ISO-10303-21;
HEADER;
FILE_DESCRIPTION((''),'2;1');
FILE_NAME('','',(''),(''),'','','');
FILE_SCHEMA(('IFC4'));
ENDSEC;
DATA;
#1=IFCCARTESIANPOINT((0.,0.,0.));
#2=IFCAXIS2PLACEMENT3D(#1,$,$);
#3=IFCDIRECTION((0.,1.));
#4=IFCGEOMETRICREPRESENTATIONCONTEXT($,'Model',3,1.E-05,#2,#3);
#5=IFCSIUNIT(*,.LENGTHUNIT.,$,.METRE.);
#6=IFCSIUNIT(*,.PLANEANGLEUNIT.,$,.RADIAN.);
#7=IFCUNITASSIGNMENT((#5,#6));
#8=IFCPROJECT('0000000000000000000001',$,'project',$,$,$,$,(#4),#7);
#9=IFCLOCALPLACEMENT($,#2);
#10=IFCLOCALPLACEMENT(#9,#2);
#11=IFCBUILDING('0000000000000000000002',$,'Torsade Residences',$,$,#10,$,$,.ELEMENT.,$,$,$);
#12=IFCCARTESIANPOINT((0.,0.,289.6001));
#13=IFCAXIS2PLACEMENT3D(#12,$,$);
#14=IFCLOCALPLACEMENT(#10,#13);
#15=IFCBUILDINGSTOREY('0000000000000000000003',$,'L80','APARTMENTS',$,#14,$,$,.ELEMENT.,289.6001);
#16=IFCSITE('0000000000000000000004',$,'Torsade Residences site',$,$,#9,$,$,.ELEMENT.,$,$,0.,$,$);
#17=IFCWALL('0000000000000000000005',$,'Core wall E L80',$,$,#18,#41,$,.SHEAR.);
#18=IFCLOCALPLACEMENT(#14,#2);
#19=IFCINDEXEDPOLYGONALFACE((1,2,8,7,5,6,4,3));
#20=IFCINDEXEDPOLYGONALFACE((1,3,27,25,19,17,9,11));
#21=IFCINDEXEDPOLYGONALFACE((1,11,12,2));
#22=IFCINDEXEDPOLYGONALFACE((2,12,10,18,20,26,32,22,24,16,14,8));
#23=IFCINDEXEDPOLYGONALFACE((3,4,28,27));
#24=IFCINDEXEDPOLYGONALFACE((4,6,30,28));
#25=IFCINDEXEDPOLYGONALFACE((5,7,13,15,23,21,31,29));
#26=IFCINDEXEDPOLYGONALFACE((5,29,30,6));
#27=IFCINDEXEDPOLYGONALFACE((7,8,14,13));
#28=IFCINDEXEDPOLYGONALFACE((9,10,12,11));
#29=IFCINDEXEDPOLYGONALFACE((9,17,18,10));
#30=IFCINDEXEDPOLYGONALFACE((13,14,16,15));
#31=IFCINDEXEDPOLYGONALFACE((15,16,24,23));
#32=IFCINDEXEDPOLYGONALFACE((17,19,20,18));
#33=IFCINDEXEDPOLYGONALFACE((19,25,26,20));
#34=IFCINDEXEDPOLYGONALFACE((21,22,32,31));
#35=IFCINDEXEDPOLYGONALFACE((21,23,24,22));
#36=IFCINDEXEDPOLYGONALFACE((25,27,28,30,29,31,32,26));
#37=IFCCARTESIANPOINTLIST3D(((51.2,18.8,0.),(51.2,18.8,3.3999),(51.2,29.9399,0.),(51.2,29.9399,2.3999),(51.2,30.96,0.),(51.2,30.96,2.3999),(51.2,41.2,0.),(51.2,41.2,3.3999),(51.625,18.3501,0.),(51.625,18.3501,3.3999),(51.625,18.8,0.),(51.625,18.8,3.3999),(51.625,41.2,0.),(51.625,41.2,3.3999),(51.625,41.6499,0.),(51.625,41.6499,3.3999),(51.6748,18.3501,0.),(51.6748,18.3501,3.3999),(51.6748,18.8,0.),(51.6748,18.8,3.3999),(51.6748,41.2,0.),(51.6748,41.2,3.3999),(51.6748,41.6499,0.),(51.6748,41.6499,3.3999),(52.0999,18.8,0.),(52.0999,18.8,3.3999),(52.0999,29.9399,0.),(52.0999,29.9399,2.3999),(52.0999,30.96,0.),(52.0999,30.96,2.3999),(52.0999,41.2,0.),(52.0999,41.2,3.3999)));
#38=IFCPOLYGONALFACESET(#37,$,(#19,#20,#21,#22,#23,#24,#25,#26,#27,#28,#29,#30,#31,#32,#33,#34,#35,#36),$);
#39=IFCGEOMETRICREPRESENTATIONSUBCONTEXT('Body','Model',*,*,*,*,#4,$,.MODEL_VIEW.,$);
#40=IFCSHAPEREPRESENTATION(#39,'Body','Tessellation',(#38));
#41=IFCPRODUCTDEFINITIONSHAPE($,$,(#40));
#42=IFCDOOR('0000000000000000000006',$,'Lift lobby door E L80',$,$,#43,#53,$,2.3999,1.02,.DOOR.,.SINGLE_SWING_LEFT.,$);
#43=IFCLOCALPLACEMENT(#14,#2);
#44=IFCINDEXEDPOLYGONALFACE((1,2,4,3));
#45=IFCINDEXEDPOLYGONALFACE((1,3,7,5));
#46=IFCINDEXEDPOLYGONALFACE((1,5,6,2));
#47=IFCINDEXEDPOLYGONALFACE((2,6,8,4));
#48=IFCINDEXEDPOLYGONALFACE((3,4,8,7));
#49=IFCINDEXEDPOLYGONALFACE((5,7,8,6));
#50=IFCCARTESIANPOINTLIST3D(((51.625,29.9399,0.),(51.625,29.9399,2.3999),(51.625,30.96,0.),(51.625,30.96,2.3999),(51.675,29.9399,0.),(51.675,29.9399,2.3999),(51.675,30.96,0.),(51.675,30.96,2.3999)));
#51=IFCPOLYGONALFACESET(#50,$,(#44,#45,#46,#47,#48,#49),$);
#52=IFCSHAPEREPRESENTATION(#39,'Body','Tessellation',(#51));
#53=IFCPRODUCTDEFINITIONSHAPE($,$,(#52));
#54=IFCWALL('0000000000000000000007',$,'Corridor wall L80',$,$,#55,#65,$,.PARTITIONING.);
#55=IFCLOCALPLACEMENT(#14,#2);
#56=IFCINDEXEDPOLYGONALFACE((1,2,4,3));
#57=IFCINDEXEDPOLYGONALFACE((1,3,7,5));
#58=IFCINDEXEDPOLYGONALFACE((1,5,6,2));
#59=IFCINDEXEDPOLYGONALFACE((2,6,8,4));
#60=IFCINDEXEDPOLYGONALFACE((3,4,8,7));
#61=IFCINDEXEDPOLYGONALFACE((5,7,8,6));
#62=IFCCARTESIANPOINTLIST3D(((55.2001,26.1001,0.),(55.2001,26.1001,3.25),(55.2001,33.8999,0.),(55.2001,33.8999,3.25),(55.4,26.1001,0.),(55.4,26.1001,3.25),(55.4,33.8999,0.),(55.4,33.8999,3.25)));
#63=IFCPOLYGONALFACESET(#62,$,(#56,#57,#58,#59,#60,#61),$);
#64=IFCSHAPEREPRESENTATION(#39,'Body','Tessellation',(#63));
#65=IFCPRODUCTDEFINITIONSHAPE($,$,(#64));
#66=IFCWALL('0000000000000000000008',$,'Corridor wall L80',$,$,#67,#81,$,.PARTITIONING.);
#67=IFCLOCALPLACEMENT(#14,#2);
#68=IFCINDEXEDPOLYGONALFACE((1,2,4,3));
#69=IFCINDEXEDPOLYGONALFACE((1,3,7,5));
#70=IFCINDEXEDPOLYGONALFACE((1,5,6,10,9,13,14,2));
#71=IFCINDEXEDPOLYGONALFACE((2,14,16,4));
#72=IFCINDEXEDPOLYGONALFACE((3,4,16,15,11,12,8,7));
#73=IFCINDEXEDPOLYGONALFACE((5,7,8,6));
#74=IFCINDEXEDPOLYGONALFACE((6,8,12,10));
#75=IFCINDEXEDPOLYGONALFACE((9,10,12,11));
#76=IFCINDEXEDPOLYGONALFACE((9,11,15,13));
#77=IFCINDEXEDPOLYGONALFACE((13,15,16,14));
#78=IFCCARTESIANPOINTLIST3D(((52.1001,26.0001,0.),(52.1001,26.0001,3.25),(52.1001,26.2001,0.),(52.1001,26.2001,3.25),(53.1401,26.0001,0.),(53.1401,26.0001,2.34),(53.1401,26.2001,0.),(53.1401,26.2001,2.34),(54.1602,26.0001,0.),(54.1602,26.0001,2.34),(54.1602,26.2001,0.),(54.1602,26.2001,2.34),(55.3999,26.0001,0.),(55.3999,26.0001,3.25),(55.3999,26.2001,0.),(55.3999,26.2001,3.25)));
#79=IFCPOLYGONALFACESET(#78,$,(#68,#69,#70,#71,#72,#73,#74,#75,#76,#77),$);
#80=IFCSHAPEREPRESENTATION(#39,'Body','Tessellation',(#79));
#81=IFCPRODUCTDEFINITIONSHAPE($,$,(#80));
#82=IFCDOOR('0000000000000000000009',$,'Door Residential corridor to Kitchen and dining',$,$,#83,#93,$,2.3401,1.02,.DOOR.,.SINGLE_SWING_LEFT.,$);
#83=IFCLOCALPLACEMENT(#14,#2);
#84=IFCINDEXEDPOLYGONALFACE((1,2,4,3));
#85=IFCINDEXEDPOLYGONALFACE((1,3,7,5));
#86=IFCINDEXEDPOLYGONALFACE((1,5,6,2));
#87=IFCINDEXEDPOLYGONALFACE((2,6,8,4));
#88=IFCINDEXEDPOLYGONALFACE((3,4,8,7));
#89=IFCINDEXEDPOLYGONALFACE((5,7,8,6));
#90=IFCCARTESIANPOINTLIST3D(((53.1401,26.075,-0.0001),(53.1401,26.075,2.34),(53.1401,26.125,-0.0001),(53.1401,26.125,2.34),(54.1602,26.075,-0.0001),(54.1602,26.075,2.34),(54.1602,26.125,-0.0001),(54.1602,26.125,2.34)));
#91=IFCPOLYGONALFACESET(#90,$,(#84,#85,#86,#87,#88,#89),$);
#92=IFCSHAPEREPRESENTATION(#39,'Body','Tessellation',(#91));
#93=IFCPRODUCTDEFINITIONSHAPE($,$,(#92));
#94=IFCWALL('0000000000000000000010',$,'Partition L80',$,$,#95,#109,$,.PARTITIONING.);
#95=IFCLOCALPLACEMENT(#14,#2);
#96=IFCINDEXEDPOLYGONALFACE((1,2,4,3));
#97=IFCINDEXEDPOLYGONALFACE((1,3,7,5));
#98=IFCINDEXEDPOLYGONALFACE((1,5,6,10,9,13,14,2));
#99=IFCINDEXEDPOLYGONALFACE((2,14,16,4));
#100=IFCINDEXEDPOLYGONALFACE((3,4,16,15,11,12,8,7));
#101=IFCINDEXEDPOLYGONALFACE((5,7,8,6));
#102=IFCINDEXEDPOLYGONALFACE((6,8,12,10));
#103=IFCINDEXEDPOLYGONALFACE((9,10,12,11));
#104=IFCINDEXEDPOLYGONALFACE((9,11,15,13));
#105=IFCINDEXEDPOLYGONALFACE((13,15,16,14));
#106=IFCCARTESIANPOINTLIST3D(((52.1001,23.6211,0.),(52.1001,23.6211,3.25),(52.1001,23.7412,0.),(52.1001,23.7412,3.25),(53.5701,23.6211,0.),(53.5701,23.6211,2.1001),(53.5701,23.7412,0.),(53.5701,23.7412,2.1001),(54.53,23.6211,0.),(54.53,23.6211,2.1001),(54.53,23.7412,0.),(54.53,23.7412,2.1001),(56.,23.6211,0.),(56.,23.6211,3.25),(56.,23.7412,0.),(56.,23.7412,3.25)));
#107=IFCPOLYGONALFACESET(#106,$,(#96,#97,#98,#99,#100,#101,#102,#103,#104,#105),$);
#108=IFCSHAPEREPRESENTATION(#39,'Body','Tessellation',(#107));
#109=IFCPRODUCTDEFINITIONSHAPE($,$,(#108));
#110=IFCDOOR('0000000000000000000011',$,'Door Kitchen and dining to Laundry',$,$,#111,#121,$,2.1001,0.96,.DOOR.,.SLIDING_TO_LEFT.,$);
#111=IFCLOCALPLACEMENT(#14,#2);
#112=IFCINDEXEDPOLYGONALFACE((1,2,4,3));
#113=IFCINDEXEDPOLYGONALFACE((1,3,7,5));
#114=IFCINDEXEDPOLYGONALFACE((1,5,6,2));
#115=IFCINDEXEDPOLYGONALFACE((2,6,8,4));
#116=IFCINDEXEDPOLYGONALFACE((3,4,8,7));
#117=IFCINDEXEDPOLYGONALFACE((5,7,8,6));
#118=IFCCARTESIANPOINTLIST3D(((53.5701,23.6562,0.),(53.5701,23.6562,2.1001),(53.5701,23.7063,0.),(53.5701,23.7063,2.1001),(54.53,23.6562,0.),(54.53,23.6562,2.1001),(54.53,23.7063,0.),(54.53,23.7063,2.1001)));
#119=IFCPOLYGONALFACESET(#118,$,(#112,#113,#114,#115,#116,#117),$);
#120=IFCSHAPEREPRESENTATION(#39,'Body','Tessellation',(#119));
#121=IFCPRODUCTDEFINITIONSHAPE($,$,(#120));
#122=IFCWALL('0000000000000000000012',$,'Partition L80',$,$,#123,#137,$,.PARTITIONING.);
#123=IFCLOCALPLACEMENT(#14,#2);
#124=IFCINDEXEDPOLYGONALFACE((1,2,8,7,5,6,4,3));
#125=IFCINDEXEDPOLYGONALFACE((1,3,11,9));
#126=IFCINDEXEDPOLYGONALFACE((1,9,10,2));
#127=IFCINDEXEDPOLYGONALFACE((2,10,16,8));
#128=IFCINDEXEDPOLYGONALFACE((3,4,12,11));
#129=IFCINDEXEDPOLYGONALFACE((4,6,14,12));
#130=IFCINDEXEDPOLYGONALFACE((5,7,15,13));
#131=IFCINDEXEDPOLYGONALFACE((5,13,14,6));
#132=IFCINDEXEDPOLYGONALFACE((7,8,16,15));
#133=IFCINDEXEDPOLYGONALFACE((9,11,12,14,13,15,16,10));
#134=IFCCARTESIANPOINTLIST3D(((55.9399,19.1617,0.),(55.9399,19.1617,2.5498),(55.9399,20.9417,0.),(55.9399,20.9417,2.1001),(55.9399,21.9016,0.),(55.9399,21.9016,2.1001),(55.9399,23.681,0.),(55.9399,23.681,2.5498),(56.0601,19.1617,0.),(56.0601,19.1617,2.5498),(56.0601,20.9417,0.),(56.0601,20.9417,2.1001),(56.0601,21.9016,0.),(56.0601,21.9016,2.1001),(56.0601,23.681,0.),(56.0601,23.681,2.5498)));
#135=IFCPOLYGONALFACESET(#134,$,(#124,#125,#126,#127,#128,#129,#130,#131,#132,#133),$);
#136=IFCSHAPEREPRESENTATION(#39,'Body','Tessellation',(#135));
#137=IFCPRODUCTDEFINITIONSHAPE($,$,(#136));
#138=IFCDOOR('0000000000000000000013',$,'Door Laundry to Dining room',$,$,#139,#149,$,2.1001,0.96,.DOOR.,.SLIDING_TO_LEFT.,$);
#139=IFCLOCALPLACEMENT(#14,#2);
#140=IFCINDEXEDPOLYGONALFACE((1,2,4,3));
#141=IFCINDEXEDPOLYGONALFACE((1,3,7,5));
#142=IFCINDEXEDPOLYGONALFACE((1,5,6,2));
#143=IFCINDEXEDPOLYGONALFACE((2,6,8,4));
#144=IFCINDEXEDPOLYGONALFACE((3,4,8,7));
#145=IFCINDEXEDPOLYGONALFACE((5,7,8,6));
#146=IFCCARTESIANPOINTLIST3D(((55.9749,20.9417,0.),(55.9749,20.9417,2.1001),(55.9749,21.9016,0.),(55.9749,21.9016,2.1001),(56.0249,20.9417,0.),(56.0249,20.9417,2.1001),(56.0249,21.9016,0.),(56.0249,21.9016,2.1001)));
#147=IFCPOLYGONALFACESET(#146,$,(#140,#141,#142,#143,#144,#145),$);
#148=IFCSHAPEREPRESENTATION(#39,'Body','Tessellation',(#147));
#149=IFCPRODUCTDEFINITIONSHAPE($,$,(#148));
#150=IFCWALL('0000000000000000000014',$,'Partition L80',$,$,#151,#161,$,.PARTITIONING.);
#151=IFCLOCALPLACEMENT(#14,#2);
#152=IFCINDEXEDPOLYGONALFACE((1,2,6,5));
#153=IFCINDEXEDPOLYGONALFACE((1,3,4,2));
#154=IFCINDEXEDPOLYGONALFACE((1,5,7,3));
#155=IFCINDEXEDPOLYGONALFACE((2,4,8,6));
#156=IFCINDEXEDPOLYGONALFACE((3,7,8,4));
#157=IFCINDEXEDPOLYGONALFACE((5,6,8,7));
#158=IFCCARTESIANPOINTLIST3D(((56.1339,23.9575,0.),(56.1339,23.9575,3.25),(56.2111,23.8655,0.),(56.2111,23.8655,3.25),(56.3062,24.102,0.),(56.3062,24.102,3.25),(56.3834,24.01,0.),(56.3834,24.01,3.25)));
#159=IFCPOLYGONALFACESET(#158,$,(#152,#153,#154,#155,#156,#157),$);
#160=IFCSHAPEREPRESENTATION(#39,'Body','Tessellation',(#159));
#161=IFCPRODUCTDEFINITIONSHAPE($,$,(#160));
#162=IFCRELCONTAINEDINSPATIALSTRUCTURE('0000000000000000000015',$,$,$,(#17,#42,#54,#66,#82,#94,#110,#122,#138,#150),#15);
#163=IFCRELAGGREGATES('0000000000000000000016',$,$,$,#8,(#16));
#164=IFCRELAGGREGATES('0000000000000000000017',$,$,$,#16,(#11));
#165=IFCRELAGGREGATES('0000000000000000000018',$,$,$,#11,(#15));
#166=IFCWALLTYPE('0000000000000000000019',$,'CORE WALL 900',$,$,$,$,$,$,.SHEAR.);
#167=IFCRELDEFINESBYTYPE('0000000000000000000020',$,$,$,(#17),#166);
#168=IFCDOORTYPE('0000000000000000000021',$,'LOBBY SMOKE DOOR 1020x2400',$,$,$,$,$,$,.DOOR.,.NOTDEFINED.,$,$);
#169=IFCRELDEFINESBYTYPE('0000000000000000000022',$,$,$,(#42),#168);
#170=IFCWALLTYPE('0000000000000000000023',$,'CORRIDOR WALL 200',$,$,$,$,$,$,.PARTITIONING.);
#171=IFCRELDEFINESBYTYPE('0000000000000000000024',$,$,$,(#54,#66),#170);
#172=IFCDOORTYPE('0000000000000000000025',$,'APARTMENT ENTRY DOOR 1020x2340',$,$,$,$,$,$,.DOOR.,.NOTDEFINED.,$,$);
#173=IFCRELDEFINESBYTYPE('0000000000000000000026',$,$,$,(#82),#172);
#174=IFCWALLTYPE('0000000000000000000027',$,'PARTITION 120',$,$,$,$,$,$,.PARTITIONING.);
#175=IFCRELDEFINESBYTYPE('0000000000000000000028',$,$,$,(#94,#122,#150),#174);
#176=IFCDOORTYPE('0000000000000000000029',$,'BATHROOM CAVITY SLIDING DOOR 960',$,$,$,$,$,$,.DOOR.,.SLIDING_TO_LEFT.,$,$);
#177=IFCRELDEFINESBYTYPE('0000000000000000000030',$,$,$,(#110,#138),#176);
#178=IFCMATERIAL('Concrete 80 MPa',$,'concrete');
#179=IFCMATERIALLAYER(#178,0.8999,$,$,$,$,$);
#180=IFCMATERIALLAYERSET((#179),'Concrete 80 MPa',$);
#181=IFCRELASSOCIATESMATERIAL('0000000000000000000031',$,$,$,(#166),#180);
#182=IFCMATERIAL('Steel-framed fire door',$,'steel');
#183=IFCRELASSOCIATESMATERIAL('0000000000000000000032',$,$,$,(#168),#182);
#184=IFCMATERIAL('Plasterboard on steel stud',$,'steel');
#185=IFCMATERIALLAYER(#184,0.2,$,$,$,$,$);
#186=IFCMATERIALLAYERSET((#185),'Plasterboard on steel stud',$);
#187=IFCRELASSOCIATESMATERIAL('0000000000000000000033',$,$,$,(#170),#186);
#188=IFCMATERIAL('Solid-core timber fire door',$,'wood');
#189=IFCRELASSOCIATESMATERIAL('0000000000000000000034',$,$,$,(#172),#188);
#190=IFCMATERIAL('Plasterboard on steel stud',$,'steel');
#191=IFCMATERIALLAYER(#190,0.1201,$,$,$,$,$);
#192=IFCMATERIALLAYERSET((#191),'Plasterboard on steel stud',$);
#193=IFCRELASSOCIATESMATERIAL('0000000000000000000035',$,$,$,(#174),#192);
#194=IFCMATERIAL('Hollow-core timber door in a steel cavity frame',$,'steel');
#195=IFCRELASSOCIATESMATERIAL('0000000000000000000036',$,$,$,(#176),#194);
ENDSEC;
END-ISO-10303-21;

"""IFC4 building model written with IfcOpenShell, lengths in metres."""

from ifc_helpers import new_model, si_unit, direction, frame, frame_2d, origin, place, context, subcontext, project, spatial, polyline, rectangle, outline, extrude, material, layer, layer_set, type_object, element, fill, save


model = new_model("IFC4")

# Units and contexts
model_context = context("Model", 3, precision=1e-05, world=origin(), true_north=direction((0.0, 1.0)))
body_context = subcontext(model_context, "Body", "Model", "MODEL_VIEW")
ifc_project = project(units=[si_unit("LENGTHUNIT", "METRE"), si_unit("PLANEANGLEUNIT", "RADIAN")], contexts=[model_context])

# Site, building, storey
site_placement = place(None, origin())
site = spatial("IfcSite", under=ifc_project, at=site_placement, Name="Torsade Residences site", CompositionType="ELEMENT", RefElevation=0.0)
building_placement = place(site_placement, origin())
building = spatial("IfcBuilding", under=site, at=building_placement, Name="Torsade Residences", CompositionType="ELEMENT")
storey_placement = place(building_placement, frame((0.0, 0.0, 289.6001)))
storey = spatial("IfcBuildingStorey", under=building, at=storey_placement, Name="L80", Description="APARTMENTS", CompositionType="ELEMENT", Elevation=289.6001)

# Wall, opening, door
ifc_material_1 = material(Name="Concrete 80 MPa", Category="concrete")
ifc_layer_1 = layer(ifc_material_1, 0.8999)
ifc_layer_set_1 = layer_set([ifc_layer_1], Name="Concrete 80 MPa")
wall_type_1 = type_object("IfcWallType", Name="CORE WALL 900", PredefinedType="SHEAR", material=ifc_layer_set_1)
wall_1_placement = place(storey_placement, frame((51.6499, 18.8, 0.0), z_axis=(0.0, 0.0, 1.0), x_axis=(0.0, 1.0, 0.0)))
wall_1 = element("IfcWall", 1, at=wall_1_placement, inside=storey, type_object=wall_type_1, Name="Core wall E L80", PredefinedType="SHEAR", context=body_context, shape_type="SweptSolid", body=[
    extrude(outline(polyline([(0.0, -0.45), (22.3999, -0.45), (22.3999, -0.0249), (22.8499, -0.0249), (22.8499, 0.0249), (22.3999, 0.0249), (22.3999, 0.45), (0.0, 0.45), (0.0, 0.0249), (-0.45, 0.0249), (-0.45, -0.0249), (0.0, -0.0249), (0.0, -0.45)])), origin(), (0.0, 0.0, 1.0), 3.3999),
])
opening_1_placement = place(wall_1_placement, frame((11.1399, 0.0, 0.0)))
opening_1 = element("IfcOpeningElement", 2, at=opening_1_placement, cuts=wall_1, PredefinedType="OPENING", context=body_context, shape_type="SweptSolid", body=[
    extrude(rectangle(XDim=1.02, YDim=2.3999, at=frame_2d((0.51, 1.2))), frame((0.0, 0.46, 0.0), z_axis=(0.0, -1.0, 0.0), x_axis=(1.0, 0.0, 0.0)), (0.0, 0.0, 1.0), 0.9199),
])
ifc_material_2 = material(Name="Steel-framed fire door", Category="steel")
door_type_1 = type_object("IfcDoorType", Name="LOBBY SMOKE DOOR 1020x2400", OperationType="NOTDEFINED", PredefinedType="DOOR", material=ifc_material_2)
door_1_placement = place(opening_1_placement, origin())
door_1 = element("IfcDoor", 3, at=door_1_placement, inside=storey, type_object=door_type_1, Name="Lift lobby door E L80", OperationType="SINGLE_SWING_LEFT", OverallHeight=2.3999, OverallWidth=1.02, PredefinedType="DOOR", context=body_context, shape_type="SweptSolid", body=[
    extrude(rectangle(XDim=1.02, YDim=2.3999, at=frame_2d((0.51, 1.2))), frame((0.0, 0.0249, 0.0), z_axis=(0.0, -1.0, 0.0), x_axis=(1.0, 0.0, 0.0)), (0.0, 0.0, 1.0), 0.05),
])
fill(opening_1, door_1)

# Wall
ifc_material_3 = material(Name="Plasterboard on steel stud", Category="steel")
ifc_layer_2 = layer(ifc_material_3, 0.2)
ifc_layer_set_2 = layer_set([ifc_layer_2], Name="Plasterboard on steel stud")
wall_type_2 = type_object("IfcWallType", Name="CORRIDOR WALL 200", PredefinedType="PARTITIONING", material=ifc_layer_set_2)
wall_2_placement = place(storey_placement, frame((55.3, 26.1001, 0.0), z_axis=(0.0, 0.0, 1.0), x_axis=(0.0, 1.0, 0.0)))
element("IfcWall", 4, at=wall_2_placement, inside=storey, type_object=wall_type_2, Name="Corridor wall L80", PredefinedType="PARTITIONING", context=body_context, shape_type="SweptSolid", body=[
    extrude(rectangle(XDim=7.7998, YDim=0.2, at=frame_2d((3.8999, 0.0))), origin(), (0.0, 0.0, 1.0), 3.25),
])

# Walls, openings, doors
wall_3_placement = place(storey_placement, frame((52.1001, 26.1001, 0.0), z_axis=(0.0, 0.0, 1.0), x_axis=(1.0, 0.0, 0.0)))
wall_3 = element("IfcWall", 5, at=wall_3_placement, inside=storey, type_object=wall_type_2, Name="Corridor wall L80", PredefinedType="PARTITIONING", context=body_context, shape_type="SweptSolid", body=[
    extrude(rectangle(XDim=3.2998, YDim=0.2, at=frame_2d((1.6499, 0.0))), origin(), (0.0, 0.0, 1.0), 3.25),
])
opening_2_placement = place(wall_3_placement, frame((1.04, 0.0, 0.0)))
opening_2 = element("IfcOpeningElement", 6, at=opening_2_placement, cuts=wall_3, PredefinedType="OPENING", context=body_context, shape_type="SweptSolid", body=[
    extrude(rectangle(XDim=1.02, YDim=2.3401, at=frame_2d((0.51, 1.1699))), frame((0.0, 0.1099, 0.0), z_axis=(0.0, -1.0, 0.0), x_axis=(1.0, 0.0, 0.0)), (0.0, 0.0, 1.0), 0.22),
])
ifc_material_4 = material(Name="Solid-core timber fire door", Category="wood")
door_type_2 = type_object("IfcDoorType", Name="APARTMENT ENTRY DOOR 1020x2340", OperationType="NOTDEFINED", PredefinedType="DOOR", material=ifc_material_4)
door_2_placement = place(opening_2_placement, origin())
door_2 = element("IfcDoor", 7, at=door_2_placement, inside=storey, type_object=door_type_2, Name="Door Residential corridor to Kitchen and dining", OperationType="SINGLE_SWING_LEFT", OverallHeight=2.3401, OverallWidth=1.02, PredefinedType="DOOR", context=body_context, shape_type="SweptSolid", body=[
    extrude(rectangle(XDim=1.02, YDim=2.3401, at=frame_2d((0.51, 1.1699))), frame((0.0, 0.0249, 0.0), z_axis=(0.0, -1.0, 0.0), x_axis=(1.0, 0.0, 0.0)), (0.0, 0.0, 1.0), 0.05),
])
fill(opening_2, door_2)
ifc_material_5 = material(Name="Plasterboard on steel stud", Category="steel")
ifc_layer_3 = layer(ifc_material_5, 0.1201)
ifc_layer_set_3 = layer_set([ifc_layer_3], Name="Plasterboard on steel stud")
wall_type_3 = type_object("IfcWallType", Name="PARTITION 120", PredefinedType="PARTITIONING", material=ifc_layer_set_3)
wall_4_placement = place(storey_placement, frame((56.0, 23.6812, 0.0), z_axis=(0.0, 0.0, 1.0), x_axis=(-1.0, 0.0, 0.0)))
wall_4 = element("IfcWall", 8, at=wall_4_placement, inside=storey, type_object=wall_type_3, Name="Partition L80", PredefinedType="PARTITIONING", context=body_context, shape_type="SweptSolid", body=[
    extrude(rectangle(XDim=3.8999, YDim=0.1201, at=frame_2d((1.95, 0.0))), origin(), (0.0, 0.0, 1.0), 3.25),
])
opening_3_placement = place(wall_4_placement, frame((1.47, 0.0, 0.0)))
opening_3 = element("IfcOpeningElement", 9, at=opening_3_placement, cuts=wall_4, PredefinedType="OPENING", context=body_context, shape_type="SweptSolid", body=[
    extrude(rectangle(XDim=0.96, YDim=2.1001, at=frame_2d((0.48, 1.05))), frame((0.0, 0.0701, 0.0), z_axis=(0.0, -1.0, 0.0), x_axis=(1.0, 0.0, 0.0)), (0.0, 0.0, 1.0), 0.1401),
])
ifc_material_6 = material(Name="Hollow-core timber door in a steel cavity frame", Category="steel")
door_type_3 = type_object("IfcDoorType", Name="BATHROOM CAVITY SLIDING DOOR 960", OperationType="SLIDING_TO_LEFT", PredefinedType="DOOR", material=ifc_material_6)
door_3_placement = place(opening_3_placement, origin())
door_3 = element("IfcDoor", 10, at=door_3_placement, inside=storey, type_object=door_type_3, Name="Door Kitchen and dining to Laundry", OperationType="SLIDING_TO_LEFT", OverallHeight=2.1001, OverallWidth=0.96, PredefinedType="DOOR", context=body_context, shape_type="SweptSolid", body=[
    extrude(rectangle(XDim=0.96, YDim=2.1001, at=frame_2d((0.48, 1.05))), frame((0.0, 0.0249, 0.0), z_axis=(0.0, -1.0, 0.0), x_axis=(1.0, 0.0, 0.0)), (0.0, 0.0, 1.0), 0.05),
])
fill(opening_3, door_3)
wall_5_placement = place(storey_placement, frame((56.0, 23.6812, 0.0), z_axis=(0.0, 0.0, 1.0), x_axis=(0.0, -1.0, 0.0)))
wall_5 = element("IfcWall", 11, at=wall_5_placement, inside=storey, type_object=wall_type_3, Name="Partition L80", PredefinedType="PARTITIONING", context=body_context, shape_type="SweptSolid", body=[
    extrude(rectangle(XDim=4.5193, YDim=0.1201, at=frame_2d((2.2598, 0.0))), origin(), (0.0, 0.0, 1.0), 2.5498),
])
opening_4_placement = place(wall_5_placement, frame((1.7795, 0.0, 0.0)))
opening_4 = element("IfcOpeningElement", 12, at=opening_4_placement, cuts=wall_5, PredefinedType="OPENING", context=body_context, shape_type="SweptSolid", body=[
    extrude(rectangle(XDim=0.96, YDim=2.1001, at=frame_2d((0.48, 1.05))), frame((0.0, 0.0701, 0.0), z_axis=(0.0, -1.0, 0.0), x_axis=(1.0, 0.0, 0.0)), (0.0, 0.0, 1.0), 0.1401),
])
door_4_placement = place(opening_4_placement, origin())
door_4 = element("IfcDoor", 13, at=door_4_placement, inside=storey, type_object=door_type_3, Name="Door Laundry to Dining room", OperationType="SLIDING_TO_LEFT", OverallHeight=2.1001, OverallWidth=0.96, PredefinedType="DOOR", context=body_context, shape_type="SweptSolid", body=[
    extrude(rectangle(XDim=0.96, YDim=2.1001, at=frame_2d((0.48, 1.05))), frame((0.0, 0.0249, 0.0), z_axis=(0.0, -1.0, 0.0), x_axis=(1.0, 0.0, 0.0)), (0.0, 0.0, 1.0), 0.05),
])
fill(opening_4, door_4)

# Wall
wall_6_placement = place(storey_placement, frame((56.3447, 24.0559, 0.0), z_axis=(0.0, 0.0, 1.0), x_axis=(-0.76626, -0.64253, 0.0)))
element("IfcWall", 14, at=wall_6_placement, inside=storey, type_object=wall_type_3, Name="Partition L80", PredefinedType="PARTITIONING", context=body_context, shape_type="SweptSolid", body=[
    extrude(rectangle(XDim=0.2249, YDim=0.1201, at=frame_2d((0.1123, 0.0))), origin(), (0.0, 0.0, 1.0), 3.25),
])

save(model, "model.ifc")
